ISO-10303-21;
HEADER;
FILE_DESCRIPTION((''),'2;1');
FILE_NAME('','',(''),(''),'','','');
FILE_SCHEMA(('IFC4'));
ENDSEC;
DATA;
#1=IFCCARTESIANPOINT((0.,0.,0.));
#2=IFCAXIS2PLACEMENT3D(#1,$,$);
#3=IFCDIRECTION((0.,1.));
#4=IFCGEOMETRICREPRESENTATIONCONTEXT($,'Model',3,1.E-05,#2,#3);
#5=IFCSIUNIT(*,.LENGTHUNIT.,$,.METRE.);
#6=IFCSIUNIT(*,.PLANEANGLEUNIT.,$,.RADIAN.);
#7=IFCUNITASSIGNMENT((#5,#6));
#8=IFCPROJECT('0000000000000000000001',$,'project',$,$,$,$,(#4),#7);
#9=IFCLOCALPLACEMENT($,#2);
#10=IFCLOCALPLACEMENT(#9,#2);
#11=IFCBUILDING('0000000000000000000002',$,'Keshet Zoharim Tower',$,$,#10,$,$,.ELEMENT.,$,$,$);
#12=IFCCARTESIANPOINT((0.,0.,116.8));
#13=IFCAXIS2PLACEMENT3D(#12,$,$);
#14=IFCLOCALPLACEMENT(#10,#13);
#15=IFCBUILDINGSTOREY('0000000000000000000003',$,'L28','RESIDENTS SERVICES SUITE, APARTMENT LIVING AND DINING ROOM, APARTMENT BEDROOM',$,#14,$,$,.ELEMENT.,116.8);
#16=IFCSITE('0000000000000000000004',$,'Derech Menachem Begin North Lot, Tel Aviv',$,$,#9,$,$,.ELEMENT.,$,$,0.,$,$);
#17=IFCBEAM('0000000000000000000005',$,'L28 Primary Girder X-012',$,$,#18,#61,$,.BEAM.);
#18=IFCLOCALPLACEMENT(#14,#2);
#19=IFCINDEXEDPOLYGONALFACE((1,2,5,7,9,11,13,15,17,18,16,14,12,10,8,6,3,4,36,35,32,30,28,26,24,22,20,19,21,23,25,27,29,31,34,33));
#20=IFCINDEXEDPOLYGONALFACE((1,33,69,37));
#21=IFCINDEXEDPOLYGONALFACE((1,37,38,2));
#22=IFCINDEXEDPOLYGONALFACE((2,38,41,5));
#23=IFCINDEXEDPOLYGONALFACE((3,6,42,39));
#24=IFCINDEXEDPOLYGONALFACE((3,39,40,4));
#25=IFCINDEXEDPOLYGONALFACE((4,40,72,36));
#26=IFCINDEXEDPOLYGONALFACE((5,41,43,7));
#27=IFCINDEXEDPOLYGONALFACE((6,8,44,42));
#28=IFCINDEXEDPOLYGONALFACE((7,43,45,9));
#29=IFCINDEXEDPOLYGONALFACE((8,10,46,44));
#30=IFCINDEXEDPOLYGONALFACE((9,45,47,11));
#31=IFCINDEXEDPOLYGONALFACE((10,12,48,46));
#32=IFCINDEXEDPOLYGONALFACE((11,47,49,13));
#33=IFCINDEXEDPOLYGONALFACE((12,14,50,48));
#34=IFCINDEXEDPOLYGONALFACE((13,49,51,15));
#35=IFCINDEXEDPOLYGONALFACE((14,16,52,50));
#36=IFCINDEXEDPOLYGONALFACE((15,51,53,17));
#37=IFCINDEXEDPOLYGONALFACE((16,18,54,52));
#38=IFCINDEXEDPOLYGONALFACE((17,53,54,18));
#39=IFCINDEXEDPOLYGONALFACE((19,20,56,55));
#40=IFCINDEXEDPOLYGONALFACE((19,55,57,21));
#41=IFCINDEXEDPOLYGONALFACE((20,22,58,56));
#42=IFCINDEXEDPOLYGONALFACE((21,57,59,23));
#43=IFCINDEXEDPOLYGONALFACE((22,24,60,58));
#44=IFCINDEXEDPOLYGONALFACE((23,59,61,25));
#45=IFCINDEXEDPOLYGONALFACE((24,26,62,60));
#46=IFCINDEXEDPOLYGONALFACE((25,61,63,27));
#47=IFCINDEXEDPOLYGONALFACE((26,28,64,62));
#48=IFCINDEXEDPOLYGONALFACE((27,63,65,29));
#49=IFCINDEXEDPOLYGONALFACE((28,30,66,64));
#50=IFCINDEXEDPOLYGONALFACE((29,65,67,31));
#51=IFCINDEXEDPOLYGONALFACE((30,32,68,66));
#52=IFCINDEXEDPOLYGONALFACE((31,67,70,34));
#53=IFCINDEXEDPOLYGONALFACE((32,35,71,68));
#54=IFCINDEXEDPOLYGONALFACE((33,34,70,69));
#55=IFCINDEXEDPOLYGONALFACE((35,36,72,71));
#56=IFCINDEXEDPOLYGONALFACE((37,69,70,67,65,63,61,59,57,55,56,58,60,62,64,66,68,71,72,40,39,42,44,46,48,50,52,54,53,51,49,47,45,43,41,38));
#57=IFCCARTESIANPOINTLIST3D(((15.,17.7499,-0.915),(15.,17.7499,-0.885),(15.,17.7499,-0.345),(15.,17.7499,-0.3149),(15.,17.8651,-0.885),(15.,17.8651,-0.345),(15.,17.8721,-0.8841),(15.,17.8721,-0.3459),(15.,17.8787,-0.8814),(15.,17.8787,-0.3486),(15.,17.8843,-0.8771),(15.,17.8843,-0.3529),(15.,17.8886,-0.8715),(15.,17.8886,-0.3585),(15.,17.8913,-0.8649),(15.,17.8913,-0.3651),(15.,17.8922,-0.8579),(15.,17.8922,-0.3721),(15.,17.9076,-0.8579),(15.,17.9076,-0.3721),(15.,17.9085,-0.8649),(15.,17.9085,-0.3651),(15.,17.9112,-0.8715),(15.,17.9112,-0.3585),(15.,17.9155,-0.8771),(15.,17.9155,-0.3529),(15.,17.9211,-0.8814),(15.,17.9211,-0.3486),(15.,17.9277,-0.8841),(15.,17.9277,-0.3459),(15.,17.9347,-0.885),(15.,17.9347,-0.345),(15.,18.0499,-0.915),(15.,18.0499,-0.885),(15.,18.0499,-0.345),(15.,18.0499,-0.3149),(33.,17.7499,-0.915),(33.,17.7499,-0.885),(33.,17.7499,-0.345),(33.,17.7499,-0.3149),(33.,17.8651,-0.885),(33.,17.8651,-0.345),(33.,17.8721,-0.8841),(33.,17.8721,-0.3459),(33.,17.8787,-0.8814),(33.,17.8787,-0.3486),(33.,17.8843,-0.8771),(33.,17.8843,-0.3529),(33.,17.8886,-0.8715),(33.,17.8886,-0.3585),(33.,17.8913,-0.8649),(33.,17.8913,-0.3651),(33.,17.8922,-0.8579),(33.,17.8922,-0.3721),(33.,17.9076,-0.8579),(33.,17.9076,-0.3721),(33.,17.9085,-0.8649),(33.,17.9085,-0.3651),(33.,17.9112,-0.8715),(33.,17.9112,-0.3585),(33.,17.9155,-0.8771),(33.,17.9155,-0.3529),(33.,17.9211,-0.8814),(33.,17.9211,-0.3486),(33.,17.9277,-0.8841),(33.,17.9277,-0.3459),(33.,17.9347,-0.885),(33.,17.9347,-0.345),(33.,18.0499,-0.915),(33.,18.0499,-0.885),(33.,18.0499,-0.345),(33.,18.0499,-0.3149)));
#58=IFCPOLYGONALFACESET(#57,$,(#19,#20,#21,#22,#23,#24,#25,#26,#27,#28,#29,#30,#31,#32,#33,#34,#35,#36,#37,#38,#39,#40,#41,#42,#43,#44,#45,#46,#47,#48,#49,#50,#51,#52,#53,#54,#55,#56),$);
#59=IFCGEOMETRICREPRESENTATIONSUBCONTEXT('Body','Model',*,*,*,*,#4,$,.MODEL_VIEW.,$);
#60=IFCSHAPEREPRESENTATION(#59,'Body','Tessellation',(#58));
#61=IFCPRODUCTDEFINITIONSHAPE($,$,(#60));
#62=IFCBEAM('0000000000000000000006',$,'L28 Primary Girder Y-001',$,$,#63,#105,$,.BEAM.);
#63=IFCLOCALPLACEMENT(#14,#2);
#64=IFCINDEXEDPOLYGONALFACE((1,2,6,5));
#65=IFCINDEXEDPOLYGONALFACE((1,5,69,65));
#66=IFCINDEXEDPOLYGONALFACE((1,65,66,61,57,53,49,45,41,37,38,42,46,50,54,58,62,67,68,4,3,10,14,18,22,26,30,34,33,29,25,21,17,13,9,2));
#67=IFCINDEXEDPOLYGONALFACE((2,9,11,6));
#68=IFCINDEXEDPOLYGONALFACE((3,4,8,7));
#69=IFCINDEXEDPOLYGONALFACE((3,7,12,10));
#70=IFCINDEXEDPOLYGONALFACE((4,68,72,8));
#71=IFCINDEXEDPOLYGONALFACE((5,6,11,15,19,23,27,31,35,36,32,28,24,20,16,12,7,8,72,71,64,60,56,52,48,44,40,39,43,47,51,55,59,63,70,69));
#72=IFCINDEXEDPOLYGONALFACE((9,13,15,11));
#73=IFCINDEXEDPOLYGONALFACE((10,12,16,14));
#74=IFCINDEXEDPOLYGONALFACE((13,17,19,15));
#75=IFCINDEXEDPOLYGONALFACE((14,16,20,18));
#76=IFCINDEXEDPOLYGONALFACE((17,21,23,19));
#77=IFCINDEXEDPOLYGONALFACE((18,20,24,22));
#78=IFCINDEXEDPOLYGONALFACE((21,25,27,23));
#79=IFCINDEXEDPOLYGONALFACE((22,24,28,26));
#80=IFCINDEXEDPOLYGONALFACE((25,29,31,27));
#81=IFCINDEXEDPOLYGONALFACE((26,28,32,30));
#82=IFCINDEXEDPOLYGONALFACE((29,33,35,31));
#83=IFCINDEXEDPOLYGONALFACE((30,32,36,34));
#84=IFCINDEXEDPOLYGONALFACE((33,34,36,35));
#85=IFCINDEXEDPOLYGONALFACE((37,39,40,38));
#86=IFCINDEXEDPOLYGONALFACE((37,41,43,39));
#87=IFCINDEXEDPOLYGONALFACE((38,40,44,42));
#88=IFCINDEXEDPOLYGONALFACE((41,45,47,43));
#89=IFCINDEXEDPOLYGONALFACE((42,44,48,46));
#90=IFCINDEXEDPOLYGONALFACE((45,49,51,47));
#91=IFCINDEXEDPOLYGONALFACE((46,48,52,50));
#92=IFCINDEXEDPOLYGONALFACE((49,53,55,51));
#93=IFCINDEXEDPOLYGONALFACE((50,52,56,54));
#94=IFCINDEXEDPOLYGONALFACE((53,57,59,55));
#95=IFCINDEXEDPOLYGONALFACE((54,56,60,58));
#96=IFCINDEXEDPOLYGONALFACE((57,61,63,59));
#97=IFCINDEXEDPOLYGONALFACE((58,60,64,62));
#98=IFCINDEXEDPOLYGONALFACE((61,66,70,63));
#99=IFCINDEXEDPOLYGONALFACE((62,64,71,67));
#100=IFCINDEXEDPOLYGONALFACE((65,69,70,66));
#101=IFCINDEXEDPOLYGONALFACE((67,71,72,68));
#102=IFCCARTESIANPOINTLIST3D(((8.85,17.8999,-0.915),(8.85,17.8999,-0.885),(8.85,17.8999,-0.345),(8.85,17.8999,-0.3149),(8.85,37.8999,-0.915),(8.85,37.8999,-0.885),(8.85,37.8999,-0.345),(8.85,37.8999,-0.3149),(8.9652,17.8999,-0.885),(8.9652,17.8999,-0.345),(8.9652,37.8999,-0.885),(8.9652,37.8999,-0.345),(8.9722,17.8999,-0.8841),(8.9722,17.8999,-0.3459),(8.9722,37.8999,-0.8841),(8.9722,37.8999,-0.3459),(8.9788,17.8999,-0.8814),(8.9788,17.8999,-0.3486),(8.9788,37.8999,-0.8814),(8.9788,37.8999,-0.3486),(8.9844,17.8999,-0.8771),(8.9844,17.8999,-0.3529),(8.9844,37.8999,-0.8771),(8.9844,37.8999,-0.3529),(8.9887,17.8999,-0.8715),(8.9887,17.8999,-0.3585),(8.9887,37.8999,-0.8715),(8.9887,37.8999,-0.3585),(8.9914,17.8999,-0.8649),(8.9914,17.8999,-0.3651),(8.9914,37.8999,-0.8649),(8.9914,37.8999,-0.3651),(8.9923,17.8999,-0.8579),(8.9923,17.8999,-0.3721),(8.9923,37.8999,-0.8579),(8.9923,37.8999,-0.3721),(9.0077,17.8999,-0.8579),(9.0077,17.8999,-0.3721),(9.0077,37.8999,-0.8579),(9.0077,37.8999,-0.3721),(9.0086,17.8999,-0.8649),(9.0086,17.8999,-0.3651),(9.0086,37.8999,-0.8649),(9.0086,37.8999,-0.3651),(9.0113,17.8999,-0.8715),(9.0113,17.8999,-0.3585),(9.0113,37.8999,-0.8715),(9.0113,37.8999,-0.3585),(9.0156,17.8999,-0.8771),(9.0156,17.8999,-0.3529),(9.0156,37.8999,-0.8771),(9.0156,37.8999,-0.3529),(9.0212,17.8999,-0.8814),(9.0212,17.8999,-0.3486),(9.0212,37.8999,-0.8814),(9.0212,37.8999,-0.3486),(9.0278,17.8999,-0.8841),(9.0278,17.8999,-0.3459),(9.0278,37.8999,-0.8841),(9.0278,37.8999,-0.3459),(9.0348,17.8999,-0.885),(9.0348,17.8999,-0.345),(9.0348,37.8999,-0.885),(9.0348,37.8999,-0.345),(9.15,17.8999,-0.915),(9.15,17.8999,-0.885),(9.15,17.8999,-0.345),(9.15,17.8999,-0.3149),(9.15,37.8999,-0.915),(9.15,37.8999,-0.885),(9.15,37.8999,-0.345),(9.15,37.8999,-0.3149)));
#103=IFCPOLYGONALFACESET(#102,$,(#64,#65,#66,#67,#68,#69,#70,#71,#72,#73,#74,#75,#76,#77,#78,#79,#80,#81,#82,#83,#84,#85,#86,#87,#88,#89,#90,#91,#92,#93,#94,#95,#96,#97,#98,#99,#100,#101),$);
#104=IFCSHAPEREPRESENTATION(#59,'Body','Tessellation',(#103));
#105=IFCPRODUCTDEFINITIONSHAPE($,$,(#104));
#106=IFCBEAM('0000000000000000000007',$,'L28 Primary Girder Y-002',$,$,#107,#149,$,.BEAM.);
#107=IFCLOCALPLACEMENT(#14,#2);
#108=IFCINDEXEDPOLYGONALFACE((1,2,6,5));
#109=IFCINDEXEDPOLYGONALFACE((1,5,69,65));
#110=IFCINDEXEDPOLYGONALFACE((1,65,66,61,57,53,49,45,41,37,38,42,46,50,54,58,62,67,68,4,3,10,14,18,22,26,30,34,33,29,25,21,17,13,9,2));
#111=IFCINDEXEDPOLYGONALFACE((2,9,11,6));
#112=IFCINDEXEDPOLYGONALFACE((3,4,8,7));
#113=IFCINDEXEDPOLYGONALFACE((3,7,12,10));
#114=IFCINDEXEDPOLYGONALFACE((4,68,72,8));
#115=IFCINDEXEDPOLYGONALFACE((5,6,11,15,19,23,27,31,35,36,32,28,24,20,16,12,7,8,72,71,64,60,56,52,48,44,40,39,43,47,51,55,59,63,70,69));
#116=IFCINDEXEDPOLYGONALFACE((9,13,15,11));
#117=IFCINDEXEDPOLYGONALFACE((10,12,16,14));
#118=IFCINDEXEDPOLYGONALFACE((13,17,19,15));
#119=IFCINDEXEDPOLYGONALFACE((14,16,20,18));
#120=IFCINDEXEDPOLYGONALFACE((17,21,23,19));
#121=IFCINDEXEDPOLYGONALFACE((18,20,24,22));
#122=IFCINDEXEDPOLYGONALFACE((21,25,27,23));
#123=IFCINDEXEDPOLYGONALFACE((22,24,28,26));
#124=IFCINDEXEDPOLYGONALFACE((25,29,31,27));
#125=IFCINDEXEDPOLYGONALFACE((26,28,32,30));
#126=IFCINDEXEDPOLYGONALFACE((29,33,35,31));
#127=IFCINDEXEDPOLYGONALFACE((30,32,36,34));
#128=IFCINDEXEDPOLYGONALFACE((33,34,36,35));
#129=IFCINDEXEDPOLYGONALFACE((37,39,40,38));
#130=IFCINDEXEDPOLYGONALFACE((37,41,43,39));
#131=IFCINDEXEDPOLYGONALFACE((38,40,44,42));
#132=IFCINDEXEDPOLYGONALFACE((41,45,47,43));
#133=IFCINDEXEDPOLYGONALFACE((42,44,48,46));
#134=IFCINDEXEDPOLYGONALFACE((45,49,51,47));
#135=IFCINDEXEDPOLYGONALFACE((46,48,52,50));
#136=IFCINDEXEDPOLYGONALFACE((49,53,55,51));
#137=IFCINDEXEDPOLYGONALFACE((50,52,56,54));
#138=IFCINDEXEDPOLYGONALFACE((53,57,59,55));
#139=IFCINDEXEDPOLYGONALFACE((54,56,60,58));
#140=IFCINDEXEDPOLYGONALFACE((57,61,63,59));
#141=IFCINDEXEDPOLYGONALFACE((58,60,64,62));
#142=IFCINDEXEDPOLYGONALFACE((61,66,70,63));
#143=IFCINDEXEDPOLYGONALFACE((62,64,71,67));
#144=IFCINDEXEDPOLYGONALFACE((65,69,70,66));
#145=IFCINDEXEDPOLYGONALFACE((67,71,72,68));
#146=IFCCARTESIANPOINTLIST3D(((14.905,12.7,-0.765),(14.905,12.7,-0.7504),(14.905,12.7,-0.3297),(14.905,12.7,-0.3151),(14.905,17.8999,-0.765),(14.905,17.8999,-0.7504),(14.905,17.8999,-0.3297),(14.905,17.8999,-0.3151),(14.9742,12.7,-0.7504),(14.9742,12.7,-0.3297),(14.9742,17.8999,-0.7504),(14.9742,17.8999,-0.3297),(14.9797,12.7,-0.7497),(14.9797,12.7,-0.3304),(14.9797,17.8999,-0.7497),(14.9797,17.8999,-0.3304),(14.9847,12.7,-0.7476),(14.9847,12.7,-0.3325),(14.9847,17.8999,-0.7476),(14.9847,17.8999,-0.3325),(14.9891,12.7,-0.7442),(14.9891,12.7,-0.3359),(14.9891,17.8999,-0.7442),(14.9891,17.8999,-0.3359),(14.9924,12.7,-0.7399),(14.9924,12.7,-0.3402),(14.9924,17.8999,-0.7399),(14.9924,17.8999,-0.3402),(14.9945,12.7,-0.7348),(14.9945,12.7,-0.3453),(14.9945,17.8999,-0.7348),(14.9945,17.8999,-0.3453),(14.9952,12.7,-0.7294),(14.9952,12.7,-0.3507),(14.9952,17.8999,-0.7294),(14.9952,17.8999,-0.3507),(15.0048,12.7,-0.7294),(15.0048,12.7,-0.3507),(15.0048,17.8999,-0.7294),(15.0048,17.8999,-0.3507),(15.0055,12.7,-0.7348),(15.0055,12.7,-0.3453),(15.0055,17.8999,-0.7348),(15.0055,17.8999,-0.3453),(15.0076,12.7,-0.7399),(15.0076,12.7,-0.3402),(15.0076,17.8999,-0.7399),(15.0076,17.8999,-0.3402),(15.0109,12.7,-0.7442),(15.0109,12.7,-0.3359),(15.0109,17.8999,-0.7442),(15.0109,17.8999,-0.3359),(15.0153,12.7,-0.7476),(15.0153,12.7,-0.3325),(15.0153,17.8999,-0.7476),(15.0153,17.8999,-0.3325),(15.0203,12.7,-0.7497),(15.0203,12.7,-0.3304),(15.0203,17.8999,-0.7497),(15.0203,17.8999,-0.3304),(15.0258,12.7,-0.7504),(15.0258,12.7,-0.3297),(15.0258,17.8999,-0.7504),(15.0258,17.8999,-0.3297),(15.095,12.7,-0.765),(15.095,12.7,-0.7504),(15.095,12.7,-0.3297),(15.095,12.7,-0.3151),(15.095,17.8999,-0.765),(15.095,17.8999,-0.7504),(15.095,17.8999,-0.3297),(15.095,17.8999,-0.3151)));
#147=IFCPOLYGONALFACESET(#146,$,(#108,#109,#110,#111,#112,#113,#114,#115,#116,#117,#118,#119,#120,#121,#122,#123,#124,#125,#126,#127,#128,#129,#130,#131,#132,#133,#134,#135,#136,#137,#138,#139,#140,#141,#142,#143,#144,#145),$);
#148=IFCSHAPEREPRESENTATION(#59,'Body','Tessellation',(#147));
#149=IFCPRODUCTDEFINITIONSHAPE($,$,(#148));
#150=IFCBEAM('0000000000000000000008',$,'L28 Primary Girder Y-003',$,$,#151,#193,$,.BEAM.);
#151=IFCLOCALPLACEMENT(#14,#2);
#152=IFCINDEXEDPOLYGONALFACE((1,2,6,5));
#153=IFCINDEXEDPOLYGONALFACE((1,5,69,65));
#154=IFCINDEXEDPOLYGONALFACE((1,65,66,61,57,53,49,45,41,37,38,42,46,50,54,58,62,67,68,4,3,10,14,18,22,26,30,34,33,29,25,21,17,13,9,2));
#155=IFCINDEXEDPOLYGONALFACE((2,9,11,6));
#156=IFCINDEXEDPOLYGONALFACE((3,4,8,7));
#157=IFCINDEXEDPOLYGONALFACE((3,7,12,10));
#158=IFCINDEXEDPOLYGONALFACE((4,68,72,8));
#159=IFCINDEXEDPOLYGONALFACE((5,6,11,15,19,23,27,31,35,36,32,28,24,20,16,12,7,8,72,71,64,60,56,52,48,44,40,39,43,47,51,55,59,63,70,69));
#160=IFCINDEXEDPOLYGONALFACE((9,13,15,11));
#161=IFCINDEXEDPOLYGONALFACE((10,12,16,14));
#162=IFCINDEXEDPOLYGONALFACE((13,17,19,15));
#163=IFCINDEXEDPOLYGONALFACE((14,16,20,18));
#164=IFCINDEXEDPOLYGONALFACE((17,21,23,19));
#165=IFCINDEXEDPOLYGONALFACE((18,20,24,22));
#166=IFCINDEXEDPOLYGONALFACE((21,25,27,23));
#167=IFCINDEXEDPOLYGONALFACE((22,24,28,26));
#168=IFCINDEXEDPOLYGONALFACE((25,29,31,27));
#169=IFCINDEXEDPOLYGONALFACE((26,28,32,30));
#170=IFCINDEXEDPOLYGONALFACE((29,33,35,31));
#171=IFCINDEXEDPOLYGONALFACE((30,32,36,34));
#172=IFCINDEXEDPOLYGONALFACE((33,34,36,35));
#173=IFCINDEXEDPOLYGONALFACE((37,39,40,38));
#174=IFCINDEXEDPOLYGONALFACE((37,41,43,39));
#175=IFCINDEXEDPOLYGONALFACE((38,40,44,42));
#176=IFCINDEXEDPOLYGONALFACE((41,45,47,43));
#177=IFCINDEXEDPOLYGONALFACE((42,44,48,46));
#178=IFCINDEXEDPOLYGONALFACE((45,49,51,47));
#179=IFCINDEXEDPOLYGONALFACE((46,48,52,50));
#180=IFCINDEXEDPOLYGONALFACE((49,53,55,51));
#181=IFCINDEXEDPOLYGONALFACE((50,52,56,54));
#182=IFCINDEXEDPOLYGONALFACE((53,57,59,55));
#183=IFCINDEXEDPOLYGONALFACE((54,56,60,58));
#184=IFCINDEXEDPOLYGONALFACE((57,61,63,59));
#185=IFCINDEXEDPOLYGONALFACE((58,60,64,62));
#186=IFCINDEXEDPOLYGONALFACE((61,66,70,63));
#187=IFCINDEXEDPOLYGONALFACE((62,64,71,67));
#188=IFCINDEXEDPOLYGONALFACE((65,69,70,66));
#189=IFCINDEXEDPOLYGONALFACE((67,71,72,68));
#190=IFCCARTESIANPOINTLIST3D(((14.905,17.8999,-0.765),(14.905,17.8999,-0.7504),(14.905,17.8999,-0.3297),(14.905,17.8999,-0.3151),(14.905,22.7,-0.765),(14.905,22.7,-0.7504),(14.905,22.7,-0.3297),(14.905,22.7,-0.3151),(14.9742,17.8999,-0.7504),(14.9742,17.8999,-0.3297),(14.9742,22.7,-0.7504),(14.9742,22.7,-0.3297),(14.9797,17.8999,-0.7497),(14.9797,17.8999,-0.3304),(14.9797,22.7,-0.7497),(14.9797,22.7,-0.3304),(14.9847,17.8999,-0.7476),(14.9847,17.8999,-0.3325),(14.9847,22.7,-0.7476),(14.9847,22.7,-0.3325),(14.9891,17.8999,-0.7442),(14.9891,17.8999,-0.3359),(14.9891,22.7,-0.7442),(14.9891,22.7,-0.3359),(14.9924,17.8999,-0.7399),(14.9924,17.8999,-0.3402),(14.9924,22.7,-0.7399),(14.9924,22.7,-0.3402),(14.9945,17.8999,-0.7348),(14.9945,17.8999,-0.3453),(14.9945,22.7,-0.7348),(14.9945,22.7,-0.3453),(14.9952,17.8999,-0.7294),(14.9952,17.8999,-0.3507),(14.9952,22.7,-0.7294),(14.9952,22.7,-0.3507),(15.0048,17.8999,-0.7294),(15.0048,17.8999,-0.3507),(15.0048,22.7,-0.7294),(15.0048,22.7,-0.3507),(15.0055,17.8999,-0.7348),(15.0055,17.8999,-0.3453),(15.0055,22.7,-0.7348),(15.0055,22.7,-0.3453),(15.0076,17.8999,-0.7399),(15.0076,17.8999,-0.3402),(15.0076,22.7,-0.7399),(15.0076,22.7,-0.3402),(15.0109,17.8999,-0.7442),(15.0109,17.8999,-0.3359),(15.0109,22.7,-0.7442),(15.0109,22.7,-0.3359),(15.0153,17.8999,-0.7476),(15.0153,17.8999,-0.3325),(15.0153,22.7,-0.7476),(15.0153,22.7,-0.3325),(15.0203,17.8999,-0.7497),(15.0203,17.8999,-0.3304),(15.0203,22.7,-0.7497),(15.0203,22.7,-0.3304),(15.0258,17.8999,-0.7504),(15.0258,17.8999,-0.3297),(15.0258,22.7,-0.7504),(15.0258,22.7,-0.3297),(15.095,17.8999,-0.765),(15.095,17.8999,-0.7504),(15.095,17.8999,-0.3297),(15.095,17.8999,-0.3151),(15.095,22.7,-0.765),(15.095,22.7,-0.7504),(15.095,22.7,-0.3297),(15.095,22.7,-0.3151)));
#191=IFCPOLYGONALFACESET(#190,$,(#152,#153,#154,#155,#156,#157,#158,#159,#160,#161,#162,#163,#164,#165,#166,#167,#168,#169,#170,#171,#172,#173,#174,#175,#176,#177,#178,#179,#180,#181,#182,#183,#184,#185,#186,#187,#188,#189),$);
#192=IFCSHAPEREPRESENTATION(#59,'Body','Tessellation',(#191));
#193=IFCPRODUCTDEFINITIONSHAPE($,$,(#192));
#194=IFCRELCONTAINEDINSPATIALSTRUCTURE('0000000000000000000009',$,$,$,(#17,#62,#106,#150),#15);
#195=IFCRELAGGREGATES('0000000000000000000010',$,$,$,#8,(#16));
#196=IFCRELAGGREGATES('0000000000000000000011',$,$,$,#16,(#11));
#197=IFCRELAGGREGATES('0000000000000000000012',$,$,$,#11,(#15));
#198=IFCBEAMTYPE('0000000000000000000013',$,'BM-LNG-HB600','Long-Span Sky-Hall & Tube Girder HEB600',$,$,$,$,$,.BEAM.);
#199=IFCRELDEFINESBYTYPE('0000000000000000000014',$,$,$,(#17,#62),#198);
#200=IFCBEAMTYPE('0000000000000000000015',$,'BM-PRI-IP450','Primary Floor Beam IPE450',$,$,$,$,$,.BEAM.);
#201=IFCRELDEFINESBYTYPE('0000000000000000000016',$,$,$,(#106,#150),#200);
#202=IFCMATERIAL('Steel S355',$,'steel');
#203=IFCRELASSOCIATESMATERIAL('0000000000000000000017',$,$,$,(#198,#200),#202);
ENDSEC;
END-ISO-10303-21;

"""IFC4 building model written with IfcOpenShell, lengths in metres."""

from ifc_helpers import new_model, si_unit, direction, frame, origin, origin_2d, place, context, subcontext, project, spatial, i_section, extrude, material, material_profile, profile_set, type_object, element, save


model = new_model("IFC4")

# Units and contexts
model_context = context("Model", 3, precision=1e-05, world=origin(), true_north=direction((0.0, 1.0)))
body_context = subcontext(model_context, "Body", "Model", "MODEL_VIEW")
ifc_project = project(units=[si_unit("LENGTHUNIT", "METRE"), si_unit("PLANEANGLEUNIT", "RADIAN")], contexts=[model_context])

# Site, building, storey
site_placement = place(None, origin())
site = spatial("IfcSite", under=ifc_project, at=site_placement, Name="Derech Menachem Begin North Lot, Tel Aviv", CompositionType="ELEMENT", RefElevation=0.0)
building_placement = place(site_placement, origin())
building = spatial("IfcBuilding", under=site, at=building_placement, Name="Keshet Zoharim Tower", CompositionType="ELEMENT")
storey_placement = place(building_placement, frame((0.0, 0.0, 116.8)))
storey = spatial("IfcBuildingStorey", under=building, at=storey_placement, Name="L28", Description="RESIDENTS SERVICES SUITE, APARTMENT LIVING AND DINING ROOM, APARTMENT BEDROOM", CompositionType="ELEMENT", Elevation=116.8)

# Shared definitions
ifc_material_1 = material(Name="Steel S355", Category="steel")

# Beams
ifc_material_profile_1 = material_profile(ifc_material_1, i_section(OverallWidth=0.3, OverallDepth=0.6001, WebThickness=0.0154, FlangeThickness=0.03, FilletRadius=0.0271, at=origin_2d()), Name="HEB600")
ifc_profile_set_1 = profile_set([ifc_material_profile_1], Name="Steel S355")
beam_type_1 = type_object("IfcBeamType", Name="BM-LNG-HB600", Description="Long-Span Sky-Hall & Tube Girder HEB600", PredefinedType="BEAM", material=ifc_profile_set_1)
for number, where, z_axis, x_axis, name in (
    (1, (15.0, 17.8999, -0.615), (1.0, 0.0, 0.0), (0.0, 1.0, 0.0), "L28 Primary Girder X-012"),
):
    element("IfcBeam", number, at=place(storey_placement, frame(where, z_axis=z_axis, x_axis=x_axis)), inside=storey, type_object=beam_type_1, Name=name, PredefinedType="BEAM", context=body_context, shape_type="SweptSolid", body=[
        extrude(i_section(OverallWidth=0.3, OverallDepth=0.6001, WebThickness=0.0154, FlangeThickness=0.03, FilletRadius=0.0271, at=origin_2d()), origin(), (0.0, 0.0, 1.0), 18.0),
    ])
beam_1_placement = place(storey_placement, frame((9.0, 17.8999, -0.615), z_axis=(0.0, 1.0, 0.0), x_axis=(-1.0, 0.0, 0.0)))
element("IfcBeam", 2, at=beam_1_placement, inside=storey, type_object=beam_type_1, Name="L28 Primary Girder Y-001", PredefinedType="BEAM", context=body_context, shape_type="SweptSolid", body=[
    extrude(i_section(OverallWidth=0.3, OverallDepth=0.6001, WebThickness=0.0154, FlangeThickness=0.03, FilletRadius=0.0271, at=origin_2d()), origin(), (0.0, 0.0, 1.0), 20.0),
])
ifc_material_profile_2 = material_profile(ifc_material_1, i_section(OverallWidth=0.1899, OverallDepth=0.45, WebThickness=0.0095, FlangeThickness=0.0146, FilletRadius=0.021, at=origin_2d()), Name="IPE450")
ifc_profile_set_2 = profile_set([ifc_material_profile_2], Name="Steel S355")
beam_type_2 = type_object("IfcBeamType", Name="BM-PRI-IP450", Description="Primary Floor Beam IPE450", PredefinedType="BEAM", material=ifc_profile_set_2)
beam_2_placement = place(storey_placement, frame((15.0, 12.7, -0.54), z_axis=(0.0, 1.0, 0.0), x_axis=(-1.0, 0.0, 0.0)))
element("IfcBeam", 3, at=beam_2_placement, inside=storey, type_object=beam_type_2, Name="L28 Primary Girder Y-002", PredefinedType="BEAM", context=body_context, shape_type="SweptSolid", body=[
    extrude(i_section(OverallWidth=0.1899, OverallDepth=0.45, WebThickness=0.0095, FlangeThickness=0.0146, FilletRadius=0.021, at=origin_2d()), origin(), (0.0, 0.0, 1.0), 5.2),
])
beam_3_placement = place(storey_placement, frame((15.0, 17.8999, -0.54), z_axis=(0.0, 1.0, 0.0), x_axis=(-1.0, 0.0, 0.0)))
element("IfcBeam", 4, at=beam_3_placement, inside=storey, type_object=beam_type_2, Name="L28 Primary Girder Y-003", PredefinedType="BEAM", context=body_context, shape_type="SweptSolid", body=[
    extrude(i_section(OverallWidth=0.1899, OverallDepth=0.45, WebThickness=0.0095, FlangeThickness=0.0146, FilletRadius=0.021, at=origin_2d()), origin(), (0.0, 0.0, 1.0), 4.8),
])

save(model, "model.ifc")
